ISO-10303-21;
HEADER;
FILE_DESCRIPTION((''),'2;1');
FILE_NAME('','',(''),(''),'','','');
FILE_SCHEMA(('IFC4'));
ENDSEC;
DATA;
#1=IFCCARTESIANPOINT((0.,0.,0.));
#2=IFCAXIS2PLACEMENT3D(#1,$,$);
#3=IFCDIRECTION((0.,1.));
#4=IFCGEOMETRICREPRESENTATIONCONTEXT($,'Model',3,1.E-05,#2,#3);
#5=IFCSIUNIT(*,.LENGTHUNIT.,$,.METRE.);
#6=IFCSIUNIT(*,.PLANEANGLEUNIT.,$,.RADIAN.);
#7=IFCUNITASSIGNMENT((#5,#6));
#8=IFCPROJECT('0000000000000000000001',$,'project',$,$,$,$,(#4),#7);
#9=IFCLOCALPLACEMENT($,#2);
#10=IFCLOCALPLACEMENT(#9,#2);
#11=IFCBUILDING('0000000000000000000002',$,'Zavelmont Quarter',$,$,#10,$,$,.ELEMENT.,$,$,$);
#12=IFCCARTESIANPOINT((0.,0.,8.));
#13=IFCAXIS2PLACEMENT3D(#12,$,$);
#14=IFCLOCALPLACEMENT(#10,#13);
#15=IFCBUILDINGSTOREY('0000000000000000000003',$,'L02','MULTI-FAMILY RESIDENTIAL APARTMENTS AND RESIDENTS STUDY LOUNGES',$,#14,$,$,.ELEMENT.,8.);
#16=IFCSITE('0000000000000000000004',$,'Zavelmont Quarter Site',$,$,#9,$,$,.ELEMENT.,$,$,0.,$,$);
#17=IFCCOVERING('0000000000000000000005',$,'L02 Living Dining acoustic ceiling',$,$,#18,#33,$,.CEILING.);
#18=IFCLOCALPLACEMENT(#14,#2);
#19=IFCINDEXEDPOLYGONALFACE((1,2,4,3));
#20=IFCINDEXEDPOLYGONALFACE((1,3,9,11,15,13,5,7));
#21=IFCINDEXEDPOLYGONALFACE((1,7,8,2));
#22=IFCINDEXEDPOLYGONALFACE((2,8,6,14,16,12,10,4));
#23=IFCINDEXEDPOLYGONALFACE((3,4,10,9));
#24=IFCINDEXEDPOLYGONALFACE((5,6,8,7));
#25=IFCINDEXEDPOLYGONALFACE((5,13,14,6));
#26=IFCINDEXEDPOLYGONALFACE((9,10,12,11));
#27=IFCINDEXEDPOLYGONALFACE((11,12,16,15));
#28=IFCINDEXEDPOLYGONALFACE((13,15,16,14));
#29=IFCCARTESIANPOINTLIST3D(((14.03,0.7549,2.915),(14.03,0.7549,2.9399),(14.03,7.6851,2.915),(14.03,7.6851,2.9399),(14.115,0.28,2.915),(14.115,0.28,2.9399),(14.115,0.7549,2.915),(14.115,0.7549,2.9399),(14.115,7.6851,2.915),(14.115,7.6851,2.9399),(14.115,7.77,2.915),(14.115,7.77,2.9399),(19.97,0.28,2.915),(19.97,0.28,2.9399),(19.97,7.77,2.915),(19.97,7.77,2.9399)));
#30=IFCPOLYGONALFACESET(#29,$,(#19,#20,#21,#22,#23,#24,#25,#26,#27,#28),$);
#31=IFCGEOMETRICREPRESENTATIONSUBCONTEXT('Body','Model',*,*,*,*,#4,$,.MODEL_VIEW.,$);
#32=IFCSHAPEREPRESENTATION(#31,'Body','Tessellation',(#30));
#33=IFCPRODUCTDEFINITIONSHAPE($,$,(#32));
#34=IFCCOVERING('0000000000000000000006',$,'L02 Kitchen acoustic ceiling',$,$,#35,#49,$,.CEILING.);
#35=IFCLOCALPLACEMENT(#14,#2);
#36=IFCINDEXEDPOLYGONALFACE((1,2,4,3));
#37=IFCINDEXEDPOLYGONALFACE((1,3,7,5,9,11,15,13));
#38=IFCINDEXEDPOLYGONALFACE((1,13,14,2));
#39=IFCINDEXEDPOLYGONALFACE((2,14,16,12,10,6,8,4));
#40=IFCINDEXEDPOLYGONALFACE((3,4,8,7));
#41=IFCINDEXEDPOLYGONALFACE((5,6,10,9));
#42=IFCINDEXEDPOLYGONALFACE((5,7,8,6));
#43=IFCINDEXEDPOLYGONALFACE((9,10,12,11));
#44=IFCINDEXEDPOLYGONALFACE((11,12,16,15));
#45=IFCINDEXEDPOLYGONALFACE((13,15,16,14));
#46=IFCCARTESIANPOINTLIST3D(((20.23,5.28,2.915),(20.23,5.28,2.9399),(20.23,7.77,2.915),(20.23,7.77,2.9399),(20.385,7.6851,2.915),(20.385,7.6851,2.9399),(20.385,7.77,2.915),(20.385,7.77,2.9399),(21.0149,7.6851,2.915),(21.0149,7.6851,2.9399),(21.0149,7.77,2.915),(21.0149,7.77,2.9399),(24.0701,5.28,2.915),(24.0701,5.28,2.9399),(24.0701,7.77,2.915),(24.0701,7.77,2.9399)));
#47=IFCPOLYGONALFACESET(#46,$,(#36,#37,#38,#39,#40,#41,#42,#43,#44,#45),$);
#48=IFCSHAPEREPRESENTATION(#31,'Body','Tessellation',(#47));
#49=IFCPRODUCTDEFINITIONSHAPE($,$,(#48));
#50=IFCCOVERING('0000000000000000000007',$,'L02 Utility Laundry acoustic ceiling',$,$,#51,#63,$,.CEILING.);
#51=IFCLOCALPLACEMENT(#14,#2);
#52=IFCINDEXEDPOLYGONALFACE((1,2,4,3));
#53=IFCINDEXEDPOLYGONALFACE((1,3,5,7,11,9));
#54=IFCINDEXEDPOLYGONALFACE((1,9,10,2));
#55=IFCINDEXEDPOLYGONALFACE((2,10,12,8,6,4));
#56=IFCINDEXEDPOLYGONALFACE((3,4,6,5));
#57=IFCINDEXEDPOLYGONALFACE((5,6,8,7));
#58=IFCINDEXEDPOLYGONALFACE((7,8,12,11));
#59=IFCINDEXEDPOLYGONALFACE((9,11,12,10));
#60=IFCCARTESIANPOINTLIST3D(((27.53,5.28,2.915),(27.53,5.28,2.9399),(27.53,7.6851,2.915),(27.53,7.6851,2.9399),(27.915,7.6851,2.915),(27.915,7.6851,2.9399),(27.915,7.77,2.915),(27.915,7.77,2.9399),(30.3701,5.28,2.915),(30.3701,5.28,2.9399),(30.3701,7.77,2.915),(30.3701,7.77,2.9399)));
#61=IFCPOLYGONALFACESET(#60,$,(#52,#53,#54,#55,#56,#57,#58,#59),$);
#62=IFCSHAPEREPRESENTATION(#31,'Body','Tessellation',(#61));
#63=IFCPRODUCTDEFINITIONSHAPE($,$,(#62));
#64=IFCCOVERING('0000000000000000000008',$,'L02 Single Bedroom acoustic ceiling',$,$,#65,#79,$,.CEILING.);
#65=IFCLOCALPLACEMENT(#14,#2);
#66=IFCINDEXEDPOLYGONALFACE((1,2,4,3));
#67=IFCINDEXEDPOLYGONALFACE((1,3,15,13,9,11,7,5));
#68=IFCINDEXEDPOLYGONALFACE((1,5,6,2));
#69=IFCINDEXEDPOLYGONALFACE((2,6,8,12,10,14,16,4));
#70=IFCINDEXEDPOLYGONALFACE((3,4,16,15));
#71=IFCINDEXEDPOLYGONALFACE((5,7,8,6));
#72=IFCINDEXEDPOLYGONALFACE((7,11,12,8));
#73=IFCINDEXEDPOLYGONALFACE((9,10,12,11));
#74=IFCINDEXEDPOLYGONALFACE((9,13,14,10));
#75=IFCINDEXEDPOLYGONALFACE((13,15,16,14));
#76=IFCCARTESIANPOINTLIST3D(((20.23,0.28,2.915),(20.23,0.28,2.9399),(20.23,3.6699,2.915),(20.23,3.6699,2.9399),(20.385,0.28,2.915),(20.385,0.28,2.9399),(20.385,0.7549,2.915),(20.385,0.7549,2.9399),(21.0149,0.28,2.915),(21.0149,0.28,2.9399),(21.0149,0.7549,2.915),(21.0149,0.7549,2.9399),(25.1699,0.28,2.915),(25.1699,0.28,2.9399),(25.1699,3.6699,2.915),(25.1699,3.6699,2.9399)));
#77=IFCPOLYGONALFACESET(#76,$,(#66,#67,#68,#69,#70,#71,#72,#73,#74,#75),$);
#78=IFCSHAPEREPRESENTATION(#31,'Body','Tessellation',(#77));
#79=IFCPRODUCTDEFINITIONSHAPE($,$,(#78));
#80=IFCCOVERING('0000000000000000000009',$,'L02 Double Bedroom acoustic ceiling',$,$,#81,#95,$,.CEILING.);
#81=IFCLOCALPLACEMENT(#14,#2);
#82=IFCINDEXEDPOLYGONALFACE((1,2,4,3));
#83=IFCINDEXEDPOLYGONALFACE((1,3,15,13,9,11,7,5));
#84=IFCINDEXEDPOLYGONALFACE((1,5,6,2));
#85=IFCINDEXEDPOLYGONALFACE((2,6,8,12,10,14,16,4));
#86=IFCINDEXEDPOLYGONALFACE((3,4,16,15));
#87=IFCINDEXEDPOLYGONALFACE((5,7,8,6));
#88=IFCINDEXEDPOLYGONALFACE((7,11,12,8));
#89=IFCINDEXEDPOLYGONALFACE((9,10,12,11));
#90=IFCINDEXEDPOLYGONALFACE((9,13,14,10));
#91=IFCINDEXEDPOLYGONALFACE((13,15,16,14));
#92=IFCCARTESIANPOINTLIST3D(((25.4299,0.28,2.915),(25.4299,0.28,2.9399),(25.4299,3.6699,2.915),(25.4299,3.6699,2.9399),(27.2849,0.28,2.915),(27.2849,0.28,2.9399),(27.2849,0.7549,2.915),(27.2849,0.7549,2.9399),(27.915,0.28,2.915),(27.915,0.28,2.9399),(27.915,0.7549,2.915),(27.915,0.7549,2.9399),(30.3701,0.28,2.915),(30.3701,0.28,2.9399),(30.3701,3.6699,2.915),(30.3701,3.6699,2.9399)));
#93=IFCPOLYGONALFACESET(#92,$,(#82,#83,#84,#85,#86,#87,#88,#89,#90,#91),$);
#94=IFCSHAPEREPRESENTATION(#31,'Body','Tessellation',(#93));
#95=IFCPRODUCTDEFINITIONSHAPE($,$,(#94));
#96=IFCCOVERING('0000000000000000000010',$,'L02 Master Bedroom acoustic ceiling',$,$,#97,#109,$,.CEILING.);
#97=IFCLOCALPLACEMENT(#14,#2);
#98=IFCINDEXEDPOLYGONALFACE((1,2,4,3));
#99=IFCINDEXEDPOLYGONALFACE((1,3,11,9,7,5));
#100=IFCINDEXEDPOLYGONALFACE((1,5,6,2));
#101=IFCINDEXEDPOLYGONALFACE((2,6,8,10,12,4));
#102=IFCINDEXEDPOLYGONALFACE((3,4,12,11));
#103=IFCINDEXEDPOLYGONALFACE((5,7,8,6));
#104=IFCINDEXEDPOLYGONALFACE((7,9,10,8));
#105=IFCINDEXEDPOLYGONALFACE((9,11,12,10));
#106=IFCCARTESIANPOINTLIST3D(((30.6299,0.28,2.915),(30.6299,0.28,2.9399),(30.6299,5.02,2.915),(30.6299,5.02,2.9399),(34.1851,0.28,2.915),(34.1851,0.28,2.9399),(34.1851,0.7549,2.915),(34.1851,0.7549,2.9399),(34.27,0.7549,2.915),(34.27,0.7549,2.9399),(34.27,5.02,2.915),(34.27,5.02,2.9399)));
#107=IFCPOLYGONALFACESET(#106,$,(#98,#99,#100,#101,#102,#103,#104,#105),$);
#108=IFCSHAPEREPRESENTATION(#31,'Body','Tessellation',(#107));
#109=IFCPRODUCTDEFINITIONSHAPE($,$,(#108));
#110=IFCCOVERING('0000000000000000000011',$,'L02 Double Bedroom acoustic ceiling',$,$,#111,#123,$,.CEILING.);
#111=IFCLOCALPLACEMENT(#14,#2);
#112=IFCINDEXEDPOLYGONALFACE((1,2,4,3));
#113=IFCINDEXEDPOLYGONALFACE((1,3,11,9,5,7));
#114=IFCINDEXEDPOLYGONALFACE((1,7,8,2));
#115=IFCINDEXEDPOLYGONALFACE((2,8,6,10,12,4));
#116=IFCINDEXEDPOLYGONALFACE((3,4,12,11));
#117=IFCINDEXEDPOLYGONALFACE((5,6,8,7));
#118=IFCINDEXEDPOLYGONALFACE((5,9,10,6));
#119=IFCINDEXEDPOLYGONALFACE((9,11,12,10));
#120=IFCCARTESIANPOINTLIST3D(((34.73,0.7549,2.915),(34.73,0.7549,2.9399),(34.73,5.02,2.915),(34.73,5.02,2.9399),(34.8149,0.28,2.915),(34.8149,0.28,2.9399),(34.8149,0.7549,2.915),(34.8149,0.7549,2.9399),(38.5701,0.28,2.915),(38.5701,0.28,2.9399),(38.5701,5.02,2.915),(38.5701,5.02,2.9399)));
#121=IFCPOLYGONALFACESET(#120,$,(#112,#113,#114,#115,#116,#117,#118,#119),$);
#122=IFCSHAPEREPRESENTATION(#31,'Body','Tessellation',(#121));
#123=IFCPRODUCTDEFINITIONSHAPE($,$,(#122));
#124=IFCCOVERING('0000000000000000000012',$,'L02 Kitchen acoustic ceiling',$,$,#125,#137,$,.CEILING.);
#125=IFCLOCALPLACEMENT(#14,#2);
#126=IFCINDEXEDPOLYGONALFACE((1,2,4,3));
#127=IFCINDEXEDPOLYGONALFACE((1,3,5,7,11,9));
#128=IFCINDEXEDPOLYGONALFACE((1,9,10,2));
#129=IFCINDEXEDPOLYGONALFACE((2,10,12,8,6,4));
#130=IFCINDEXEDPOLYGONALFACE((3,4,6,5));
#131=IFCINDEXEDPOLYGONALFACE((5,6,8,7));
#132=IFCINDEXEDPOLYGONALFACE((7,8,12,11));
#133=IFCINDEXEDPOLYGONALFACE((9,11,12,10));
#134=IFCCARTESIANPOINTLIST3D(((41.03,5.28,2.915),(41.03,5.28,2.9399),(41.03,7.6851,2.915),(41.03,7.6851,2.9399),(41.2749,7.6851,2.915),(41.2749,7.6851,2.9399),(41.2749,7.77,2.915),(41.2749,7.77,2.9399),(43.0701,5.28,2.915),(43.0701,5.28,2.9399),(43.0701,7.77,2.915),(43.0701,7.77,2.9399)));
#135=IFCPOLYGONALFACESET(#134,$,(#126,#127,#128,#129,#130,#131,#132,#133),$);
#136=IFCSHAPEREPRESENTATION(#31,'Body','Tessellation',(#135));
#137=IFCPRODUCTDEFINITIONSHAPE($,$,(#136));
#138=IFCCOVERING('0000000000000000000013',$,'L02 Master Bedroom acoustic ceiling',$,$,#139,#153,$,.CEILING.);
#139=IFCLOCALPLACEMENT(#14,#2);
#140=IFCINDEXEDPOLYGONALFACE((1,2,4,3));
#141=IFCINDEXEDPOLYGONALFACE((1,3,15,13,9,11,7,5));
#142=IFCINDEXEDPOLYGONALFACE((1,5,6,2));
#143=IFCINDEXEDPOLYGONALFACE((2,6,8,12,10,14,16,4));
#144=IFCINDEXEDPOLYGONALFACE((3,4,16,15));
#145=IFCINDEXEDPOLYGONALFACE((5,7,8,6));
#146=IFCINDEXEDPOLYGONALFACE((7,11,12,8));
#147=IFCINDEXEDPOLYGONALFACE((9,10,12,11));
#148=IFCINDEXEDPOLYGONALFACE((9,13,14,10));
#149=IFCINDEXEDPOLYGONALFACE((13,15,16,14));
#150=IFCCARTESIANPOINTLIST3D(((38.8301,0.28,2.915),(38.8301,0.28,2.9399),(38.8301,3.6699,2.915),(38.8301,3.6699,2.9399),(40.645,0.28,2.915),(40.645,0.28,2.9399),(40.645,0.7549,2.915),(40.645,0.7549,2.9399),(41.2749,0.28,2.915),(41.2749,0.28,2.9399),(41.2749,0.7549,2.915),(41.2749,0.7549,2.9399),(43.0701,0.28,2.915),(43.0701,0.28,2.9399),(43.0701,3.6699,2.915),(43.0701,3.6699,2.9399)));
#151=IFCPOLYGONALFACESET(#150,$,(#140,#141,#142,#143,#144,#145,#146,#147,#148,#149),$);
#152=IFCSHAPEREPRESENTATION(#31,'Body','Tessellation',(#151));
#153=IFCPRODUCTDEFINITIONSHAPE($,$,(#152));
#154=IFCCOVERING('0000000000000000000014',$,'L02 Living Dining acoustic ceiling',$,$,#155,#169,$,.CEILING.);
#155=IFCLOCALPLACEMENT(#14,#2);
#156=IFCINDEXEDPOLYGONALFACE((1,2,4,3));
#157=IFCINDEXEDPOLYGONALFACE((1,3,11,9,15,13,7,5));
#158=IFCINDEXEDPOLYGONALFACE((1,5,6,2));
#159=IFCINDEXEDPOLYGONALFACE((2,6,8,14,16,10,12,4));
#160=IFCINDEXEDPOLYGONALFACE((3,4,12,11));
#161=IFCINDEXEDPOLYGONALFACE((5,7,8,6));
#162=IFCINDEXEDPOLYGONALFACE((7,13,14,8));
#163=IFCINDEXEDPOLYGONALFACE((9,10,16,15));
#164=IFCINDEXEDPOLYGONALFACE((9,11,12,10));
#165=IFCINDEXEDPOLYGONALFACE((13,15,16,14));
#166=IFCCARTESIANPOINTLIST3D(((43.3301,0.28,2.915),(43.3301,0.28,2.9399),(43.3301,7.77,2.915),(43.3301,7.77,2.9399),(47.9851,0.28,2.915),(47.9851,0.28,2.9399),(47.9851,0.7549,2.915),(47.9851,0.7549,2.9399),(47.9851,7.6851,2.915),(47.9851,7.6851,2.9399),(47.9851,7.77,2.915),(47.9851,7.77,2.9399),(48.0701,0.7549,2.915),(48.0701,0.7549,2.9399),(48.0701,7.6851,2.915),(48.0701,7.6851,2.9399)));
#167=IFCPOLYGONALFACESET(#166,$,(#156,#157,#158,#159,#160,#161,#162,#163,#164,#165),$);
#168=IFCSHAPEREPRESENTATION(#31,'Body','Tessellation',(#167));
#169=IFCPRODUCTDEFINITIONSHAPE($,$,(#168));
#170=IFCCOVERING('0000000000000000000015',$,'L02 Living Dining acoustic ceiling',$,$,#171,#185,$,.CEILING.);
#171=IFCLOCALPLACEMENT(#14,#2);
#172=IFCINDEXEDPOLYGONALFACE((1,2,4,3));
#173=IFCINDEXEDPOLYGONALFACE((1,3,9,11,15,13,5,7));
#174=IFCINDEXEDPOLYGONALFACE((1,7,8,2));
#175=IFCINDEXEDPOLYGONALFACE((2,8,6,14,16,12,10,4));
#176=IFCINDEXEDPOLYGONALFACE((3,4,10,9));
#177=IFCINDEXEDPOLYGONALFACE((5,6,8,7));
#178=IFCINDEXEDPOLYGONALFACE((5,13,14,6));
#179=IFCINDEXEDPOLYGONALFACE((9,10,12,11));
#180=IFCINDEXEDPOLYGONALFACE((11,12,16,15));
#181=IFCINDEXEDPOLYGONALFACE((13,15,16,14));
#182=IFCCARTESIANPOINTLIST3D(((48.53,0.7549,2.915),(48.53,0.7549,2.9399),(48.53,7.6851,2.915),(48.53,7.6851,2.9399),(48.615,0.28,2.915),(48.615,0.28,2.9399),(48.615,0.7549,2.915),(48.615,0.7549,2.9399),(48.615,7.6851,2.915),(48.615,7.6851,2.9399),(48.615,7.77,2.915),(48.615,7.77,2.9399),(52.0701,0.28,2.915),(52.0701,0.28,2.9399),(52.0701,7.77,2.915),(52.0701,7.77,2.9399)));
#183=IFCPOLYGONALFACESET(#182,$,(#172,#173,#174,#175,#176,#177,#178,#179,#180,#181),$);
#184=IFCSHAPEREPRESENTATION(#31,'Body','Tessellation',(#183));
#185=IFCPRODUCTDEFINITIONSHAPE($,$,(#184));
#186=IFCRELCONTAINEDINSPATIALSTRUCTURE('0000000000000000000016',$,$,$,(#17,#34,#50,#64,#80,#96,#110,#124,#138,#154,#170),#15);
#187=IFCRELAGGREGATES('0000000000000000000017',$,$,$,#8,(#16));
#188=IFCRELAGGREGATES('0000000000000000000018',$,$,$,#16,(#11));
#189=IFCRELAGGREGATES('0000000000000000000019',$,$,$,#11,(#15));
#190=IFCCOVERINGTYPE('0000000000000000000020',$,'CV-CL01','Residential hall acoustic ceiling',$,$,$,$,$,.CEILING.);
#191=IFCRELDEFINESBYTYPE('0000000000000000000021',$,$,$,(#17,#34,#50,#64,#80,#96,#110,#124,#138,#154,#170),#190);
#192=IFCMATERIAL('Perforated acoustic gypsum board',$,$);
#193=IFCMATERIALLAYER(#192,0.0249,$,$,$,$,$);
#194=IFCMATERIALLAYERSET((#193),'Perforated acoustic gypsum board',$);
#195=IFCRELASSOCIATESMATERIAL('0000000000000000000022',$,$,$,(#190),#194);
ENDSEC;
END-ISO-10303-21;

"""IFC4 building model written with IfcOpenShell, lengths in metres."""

from ifc_helpers import new_model, si_unit, direction, frame, origin, place, context, subcontext, project, spatial, polyline, outline, extrude, material, layer, layer_set, type_object, element, save


model = new_model("IFC4")

# Units and contexts
model_context = context("Model", 3, precision=1e-05, world=origin(), true_north=direction((0.0, 1.0)))
body_context = subcontext(model_context, "Body", "Model", "MODEL_VIEW")
ifc_project = project(units=[si_unit("LENGTHUNIT", "METRE"), si_unit("PLANEANGLEUNIT", "RADIAN")], contexts=[model_context])

# Site, building, storey
site_placement = place(None, origin())
site = spatial("IfcSite", under=ifc_project, at=site_placement, Name="Zavelmont Quarter Site", CompositionType="ELEMENT", RefElevation=0.0)
building_placement = place(site_placement, origin())
building = spatial("IfcBuilding", under=site, at=building_placement, Name="Zavelmont Quarter", CompositionType="ELEMENT")
storey_placement = place(building_placement, frame((0.0, 0.0, 8.0)))
storey = spatial("IfcBuildingStorey", under=building, at=storey_placement, Name="L02", Description="MULTI-FAMILY RESIDENTIAL APARTMENTS AND RESIDENTS STUDY LOUNGES", CompositionType="ELEMENT", Elevation=8.0)

# Coverings
ifc_material_1 = material(Name="Perforated acoustic gypsum board")
ifc_layer_1 = layer(ifc_material_1, 0.0249)
ifc_layer_set_1 = layer_set([ifc_layer_1], Name="Perforated acoustic gypsum board")
covering_type_1 = type_object("IfcCoveringType", Name="CV-CL01", Description="Residential hall acoustic ceiling", PredefinedType="CEILING", material=ifc_layer_set_1)
covering_1_placement = place(storey_placement, frame((0.0, 0.0, 2.915)))
element("IfcCovering", 1, at=covering_1_placement, inside=storey, type_object=covering_type_1, Name="L02 Living Dining acoustic ceiling", PredefinedType="CEILING", context=body_context, shape_type="SweptSolid", body=[
    extrude(outline(polyline([(14.03, 7.6851), (14.115, 7.6851), (14.115, 7.77), (19.97, 7.77), (19.97, 0.28), (14.115, 0.28), (14.115, 0.7549), (14.03, 0.7549), (14.03, 7.6851)])), origin(), (0.0, 0.0, 1.0), 0.0249),
])
covering_2_placement = place(storey_placement, frame((0.0, 0.0, 2.915)))
element("IfcCovering", 2, at=covering_2_placement, inside=storey, type_object=covering_type_1, Name="L02 Kitchen acoustic ceiling", PredefinedType="CEILING", context=body_context, shape_type="SweptSolid", body=[
    extrude(outline(polyline([(20.23, 7.77), (20.385, 7.77), (20.385, 7.6851), (21.0149, 7.6851), (21.0149, 7.77), (24.0701, 7.77), (24.0701, 5.28), (20.23, 5.28), (20.23, 7.77)])), origin(), (0.0, 0.0, 1.0), 0.0249),
])
covering_3_placement = place(storey_placement, frame((0.0, 0.0, 2.915)))
element("IfcCovering", 3, at=covering_3_placement, inside=storey, type_object=covering_type_1, Name="L02 Utility Laundry acoustic ceiling", PredefinedType="CEILING", context=body_context, shape_type="SweptSolid", body=[
    extrude(outline(polyline([(27.53, 7.6851), (27.915, 7.6851), (27.915, 7.77), (30.3701, 7.77), (30.3701, 5.28), (27.53, 5.28), (27.53, 7.6851)])), origin(), (0.0, 0.0, 1.0), 0.0249),
])
covering_4_placement = place(storey_placement, frame((0.0, 0.0, 2.915)))
element("IfcCovering", 4, at=covering_4_placement, inside=storey, type_object=covering_type_1, Name="L02 Single Bedroom acoustic ceiling", PredefinedType="CEILING", context=body_context, shape_type="SweptSolid", body=[
    extrude(outline(polyline([(20.23, 3.6699), (25.1699, 3.6699), (25.1699, 0.28), (21.0149, 0.28), (21.0149, 0.7549), (20.385, 0.7549), (20.385, 0.28), (20.23, 0.28), (20.23, 3.6699)])), origin(), (0.0, 0.0, 1.0), 0.0249),
])
covering_5_placement = place(storey_placement, frame((0.0, 0.0, 2.915)))
element("IfcCovering", 5, at=covering_5_placement, inside=storey, type_object=covering_type_1, Name="L02 Double Bedroom acoustic ceiling", PredefinedType="CEILING", context=body_context, shape_type="SweptSolid", body=[
    extrude(outline(polyline([(25.4299, 3.6699), (30.3701, 3.6699), (30.3701, 0.28), (27.915, 0.28), (27.915, 0.7549), (27.2849, 0.7549), (27.2849, 0.28), (25.4299, 0.28), (25.4299, 3.6699)])), origin(), (0.0, 0.0, 1.0), 0.0249),
])
covering_6_placement = place(storey_placement, frame((0.0, 0.0, 2.915)))
element("IfcCovering", 6, at=covering_6_placement, inside=storey, type_object=covering_type_1, Name="L02 Master Bedroom acoustic ceiling", PredefinedType="CEILING", context=body_context, shape_type="SweptSolid", body=[
    extrude(outline(polyline([(30.6299, 5.02), (34.27, 5.02), (34.27, 0.7549), (34.1851, 0.7549), (34.1851, 0.28), (30.6299, 0.28), (30.6299, 5.02)])), origin(), (0.0, 0.0, 1.0), 0.0249),
])
covering_7_placement = place(storey_placement, frame((0.0, 0.0, 2.915)))
element("IfcCovering", 7, at=covering_7_placement, inside=storey, type_object=covering_type_1, Name="L02 Double Bedroom acoustic ceiling", PredefinedType="CEILING", context=body_context, shape_type="SweptSolid", body=[
    extrude(outline(polyline([(34.73, 5.02), (38.5701, 5.02), (38.5701, 0.28), (34.8149, 0.28), (34.8149, 0.7549), (34.73, 0.7549), (34.73, 5.02)])), origin(), (0.0, 0.0, 1.0), 0.0249),
])
covering_8_placement = place(storey_placement, frame((0.0, 0.0, 2.915)))
element("IfcCovering", 8, at=covering_8_placement, inside=storey, type_object=covering_type_1, Name="L02 Kitchen acoustic ceiling", PredefinedType="CEILING", context=body_context, shape_type="SweptSolid", body=[
    extrude(outline(polyline([(41.03, 7.6851), (41.2749, 7.6851), (41.2749, 7.77), (43.0701, 7.77), (43.0701, 5.28), (41.03, 5.28), (41.03, 7.6851)])), origin(), (0.0, 0.0, 1.0), 0.0249),
])
covering_9_placement = place(storey_placement, frame((0.0, 0.0, 2.915)))
element("IfcCovering", 9, at=covering_9_placement, inside=storey, type_object=covering_type_1, Name="L02 Master Bedroom acoustic ceiling", PredefinedType="CEILING", context=body_context, shape_type="SweptSolid", body=[
    extrude(outline(polyline([(38.8301, 3.6699), (43.0701, 3.6699), (43.0701, 0.28), (41.2749, 0.28), (41.2749, 0.7549), (40.645, 0.7549), (40.645, 0.28), (38.8301, 0.28), (38.8301, 3.6699)])), origin(), (0.0, 0.0, 1.0), 0.0249),
])
covering_10_placement = place(storey_placement, frame((0.0, 0.0, 2.915)))
element("IfcCovering", 10, at=covering_10_placement, inside=storey, type_object=covering_type_1, Name="L02 Living Dining acoustic ceiling", PredefinedType="CEILING", context=body_context, shape_type="SweptSolid", body=[
    extrude(outline(polyline([(43.3301, 7.77), (47.9851, 7.77), (47.9851, 7.6851), (48.0701, 7.6851), (48.0701, 0.7549), (47.9851, 0.7549), (47.9851, 0.28), (43.3301, 0.28), (43.3301, 7.77)])), origin(), (0.0, 0.0, 1.0), 0.0249),
])
covering_11_placement = place(storey_placement, frame((0.0, 0.0, 2.915)))
element("IfcCovering", 11, at=covering_11_placement, inside=storey, type_object=covering_type_1, Name="L02 Living Dining acoustic ceiling", PredefinedType="CEILING", context=body_context, shape_type="SweptSolid", body=[
    extrude(outline(polyline([(48.53, 7.6851), (48.615, 7.6851), (48.615, 7.77), (52.0701, 7.77), (52.0701, 0.28), (48.615, 0.28), (48.615, 0.7549), (48.53, 0.7549), (48.53, 7.6851)])), origin(), (0.0, 0.0, 1.0), 0.0249),
])

save(model, "model.ifc")
